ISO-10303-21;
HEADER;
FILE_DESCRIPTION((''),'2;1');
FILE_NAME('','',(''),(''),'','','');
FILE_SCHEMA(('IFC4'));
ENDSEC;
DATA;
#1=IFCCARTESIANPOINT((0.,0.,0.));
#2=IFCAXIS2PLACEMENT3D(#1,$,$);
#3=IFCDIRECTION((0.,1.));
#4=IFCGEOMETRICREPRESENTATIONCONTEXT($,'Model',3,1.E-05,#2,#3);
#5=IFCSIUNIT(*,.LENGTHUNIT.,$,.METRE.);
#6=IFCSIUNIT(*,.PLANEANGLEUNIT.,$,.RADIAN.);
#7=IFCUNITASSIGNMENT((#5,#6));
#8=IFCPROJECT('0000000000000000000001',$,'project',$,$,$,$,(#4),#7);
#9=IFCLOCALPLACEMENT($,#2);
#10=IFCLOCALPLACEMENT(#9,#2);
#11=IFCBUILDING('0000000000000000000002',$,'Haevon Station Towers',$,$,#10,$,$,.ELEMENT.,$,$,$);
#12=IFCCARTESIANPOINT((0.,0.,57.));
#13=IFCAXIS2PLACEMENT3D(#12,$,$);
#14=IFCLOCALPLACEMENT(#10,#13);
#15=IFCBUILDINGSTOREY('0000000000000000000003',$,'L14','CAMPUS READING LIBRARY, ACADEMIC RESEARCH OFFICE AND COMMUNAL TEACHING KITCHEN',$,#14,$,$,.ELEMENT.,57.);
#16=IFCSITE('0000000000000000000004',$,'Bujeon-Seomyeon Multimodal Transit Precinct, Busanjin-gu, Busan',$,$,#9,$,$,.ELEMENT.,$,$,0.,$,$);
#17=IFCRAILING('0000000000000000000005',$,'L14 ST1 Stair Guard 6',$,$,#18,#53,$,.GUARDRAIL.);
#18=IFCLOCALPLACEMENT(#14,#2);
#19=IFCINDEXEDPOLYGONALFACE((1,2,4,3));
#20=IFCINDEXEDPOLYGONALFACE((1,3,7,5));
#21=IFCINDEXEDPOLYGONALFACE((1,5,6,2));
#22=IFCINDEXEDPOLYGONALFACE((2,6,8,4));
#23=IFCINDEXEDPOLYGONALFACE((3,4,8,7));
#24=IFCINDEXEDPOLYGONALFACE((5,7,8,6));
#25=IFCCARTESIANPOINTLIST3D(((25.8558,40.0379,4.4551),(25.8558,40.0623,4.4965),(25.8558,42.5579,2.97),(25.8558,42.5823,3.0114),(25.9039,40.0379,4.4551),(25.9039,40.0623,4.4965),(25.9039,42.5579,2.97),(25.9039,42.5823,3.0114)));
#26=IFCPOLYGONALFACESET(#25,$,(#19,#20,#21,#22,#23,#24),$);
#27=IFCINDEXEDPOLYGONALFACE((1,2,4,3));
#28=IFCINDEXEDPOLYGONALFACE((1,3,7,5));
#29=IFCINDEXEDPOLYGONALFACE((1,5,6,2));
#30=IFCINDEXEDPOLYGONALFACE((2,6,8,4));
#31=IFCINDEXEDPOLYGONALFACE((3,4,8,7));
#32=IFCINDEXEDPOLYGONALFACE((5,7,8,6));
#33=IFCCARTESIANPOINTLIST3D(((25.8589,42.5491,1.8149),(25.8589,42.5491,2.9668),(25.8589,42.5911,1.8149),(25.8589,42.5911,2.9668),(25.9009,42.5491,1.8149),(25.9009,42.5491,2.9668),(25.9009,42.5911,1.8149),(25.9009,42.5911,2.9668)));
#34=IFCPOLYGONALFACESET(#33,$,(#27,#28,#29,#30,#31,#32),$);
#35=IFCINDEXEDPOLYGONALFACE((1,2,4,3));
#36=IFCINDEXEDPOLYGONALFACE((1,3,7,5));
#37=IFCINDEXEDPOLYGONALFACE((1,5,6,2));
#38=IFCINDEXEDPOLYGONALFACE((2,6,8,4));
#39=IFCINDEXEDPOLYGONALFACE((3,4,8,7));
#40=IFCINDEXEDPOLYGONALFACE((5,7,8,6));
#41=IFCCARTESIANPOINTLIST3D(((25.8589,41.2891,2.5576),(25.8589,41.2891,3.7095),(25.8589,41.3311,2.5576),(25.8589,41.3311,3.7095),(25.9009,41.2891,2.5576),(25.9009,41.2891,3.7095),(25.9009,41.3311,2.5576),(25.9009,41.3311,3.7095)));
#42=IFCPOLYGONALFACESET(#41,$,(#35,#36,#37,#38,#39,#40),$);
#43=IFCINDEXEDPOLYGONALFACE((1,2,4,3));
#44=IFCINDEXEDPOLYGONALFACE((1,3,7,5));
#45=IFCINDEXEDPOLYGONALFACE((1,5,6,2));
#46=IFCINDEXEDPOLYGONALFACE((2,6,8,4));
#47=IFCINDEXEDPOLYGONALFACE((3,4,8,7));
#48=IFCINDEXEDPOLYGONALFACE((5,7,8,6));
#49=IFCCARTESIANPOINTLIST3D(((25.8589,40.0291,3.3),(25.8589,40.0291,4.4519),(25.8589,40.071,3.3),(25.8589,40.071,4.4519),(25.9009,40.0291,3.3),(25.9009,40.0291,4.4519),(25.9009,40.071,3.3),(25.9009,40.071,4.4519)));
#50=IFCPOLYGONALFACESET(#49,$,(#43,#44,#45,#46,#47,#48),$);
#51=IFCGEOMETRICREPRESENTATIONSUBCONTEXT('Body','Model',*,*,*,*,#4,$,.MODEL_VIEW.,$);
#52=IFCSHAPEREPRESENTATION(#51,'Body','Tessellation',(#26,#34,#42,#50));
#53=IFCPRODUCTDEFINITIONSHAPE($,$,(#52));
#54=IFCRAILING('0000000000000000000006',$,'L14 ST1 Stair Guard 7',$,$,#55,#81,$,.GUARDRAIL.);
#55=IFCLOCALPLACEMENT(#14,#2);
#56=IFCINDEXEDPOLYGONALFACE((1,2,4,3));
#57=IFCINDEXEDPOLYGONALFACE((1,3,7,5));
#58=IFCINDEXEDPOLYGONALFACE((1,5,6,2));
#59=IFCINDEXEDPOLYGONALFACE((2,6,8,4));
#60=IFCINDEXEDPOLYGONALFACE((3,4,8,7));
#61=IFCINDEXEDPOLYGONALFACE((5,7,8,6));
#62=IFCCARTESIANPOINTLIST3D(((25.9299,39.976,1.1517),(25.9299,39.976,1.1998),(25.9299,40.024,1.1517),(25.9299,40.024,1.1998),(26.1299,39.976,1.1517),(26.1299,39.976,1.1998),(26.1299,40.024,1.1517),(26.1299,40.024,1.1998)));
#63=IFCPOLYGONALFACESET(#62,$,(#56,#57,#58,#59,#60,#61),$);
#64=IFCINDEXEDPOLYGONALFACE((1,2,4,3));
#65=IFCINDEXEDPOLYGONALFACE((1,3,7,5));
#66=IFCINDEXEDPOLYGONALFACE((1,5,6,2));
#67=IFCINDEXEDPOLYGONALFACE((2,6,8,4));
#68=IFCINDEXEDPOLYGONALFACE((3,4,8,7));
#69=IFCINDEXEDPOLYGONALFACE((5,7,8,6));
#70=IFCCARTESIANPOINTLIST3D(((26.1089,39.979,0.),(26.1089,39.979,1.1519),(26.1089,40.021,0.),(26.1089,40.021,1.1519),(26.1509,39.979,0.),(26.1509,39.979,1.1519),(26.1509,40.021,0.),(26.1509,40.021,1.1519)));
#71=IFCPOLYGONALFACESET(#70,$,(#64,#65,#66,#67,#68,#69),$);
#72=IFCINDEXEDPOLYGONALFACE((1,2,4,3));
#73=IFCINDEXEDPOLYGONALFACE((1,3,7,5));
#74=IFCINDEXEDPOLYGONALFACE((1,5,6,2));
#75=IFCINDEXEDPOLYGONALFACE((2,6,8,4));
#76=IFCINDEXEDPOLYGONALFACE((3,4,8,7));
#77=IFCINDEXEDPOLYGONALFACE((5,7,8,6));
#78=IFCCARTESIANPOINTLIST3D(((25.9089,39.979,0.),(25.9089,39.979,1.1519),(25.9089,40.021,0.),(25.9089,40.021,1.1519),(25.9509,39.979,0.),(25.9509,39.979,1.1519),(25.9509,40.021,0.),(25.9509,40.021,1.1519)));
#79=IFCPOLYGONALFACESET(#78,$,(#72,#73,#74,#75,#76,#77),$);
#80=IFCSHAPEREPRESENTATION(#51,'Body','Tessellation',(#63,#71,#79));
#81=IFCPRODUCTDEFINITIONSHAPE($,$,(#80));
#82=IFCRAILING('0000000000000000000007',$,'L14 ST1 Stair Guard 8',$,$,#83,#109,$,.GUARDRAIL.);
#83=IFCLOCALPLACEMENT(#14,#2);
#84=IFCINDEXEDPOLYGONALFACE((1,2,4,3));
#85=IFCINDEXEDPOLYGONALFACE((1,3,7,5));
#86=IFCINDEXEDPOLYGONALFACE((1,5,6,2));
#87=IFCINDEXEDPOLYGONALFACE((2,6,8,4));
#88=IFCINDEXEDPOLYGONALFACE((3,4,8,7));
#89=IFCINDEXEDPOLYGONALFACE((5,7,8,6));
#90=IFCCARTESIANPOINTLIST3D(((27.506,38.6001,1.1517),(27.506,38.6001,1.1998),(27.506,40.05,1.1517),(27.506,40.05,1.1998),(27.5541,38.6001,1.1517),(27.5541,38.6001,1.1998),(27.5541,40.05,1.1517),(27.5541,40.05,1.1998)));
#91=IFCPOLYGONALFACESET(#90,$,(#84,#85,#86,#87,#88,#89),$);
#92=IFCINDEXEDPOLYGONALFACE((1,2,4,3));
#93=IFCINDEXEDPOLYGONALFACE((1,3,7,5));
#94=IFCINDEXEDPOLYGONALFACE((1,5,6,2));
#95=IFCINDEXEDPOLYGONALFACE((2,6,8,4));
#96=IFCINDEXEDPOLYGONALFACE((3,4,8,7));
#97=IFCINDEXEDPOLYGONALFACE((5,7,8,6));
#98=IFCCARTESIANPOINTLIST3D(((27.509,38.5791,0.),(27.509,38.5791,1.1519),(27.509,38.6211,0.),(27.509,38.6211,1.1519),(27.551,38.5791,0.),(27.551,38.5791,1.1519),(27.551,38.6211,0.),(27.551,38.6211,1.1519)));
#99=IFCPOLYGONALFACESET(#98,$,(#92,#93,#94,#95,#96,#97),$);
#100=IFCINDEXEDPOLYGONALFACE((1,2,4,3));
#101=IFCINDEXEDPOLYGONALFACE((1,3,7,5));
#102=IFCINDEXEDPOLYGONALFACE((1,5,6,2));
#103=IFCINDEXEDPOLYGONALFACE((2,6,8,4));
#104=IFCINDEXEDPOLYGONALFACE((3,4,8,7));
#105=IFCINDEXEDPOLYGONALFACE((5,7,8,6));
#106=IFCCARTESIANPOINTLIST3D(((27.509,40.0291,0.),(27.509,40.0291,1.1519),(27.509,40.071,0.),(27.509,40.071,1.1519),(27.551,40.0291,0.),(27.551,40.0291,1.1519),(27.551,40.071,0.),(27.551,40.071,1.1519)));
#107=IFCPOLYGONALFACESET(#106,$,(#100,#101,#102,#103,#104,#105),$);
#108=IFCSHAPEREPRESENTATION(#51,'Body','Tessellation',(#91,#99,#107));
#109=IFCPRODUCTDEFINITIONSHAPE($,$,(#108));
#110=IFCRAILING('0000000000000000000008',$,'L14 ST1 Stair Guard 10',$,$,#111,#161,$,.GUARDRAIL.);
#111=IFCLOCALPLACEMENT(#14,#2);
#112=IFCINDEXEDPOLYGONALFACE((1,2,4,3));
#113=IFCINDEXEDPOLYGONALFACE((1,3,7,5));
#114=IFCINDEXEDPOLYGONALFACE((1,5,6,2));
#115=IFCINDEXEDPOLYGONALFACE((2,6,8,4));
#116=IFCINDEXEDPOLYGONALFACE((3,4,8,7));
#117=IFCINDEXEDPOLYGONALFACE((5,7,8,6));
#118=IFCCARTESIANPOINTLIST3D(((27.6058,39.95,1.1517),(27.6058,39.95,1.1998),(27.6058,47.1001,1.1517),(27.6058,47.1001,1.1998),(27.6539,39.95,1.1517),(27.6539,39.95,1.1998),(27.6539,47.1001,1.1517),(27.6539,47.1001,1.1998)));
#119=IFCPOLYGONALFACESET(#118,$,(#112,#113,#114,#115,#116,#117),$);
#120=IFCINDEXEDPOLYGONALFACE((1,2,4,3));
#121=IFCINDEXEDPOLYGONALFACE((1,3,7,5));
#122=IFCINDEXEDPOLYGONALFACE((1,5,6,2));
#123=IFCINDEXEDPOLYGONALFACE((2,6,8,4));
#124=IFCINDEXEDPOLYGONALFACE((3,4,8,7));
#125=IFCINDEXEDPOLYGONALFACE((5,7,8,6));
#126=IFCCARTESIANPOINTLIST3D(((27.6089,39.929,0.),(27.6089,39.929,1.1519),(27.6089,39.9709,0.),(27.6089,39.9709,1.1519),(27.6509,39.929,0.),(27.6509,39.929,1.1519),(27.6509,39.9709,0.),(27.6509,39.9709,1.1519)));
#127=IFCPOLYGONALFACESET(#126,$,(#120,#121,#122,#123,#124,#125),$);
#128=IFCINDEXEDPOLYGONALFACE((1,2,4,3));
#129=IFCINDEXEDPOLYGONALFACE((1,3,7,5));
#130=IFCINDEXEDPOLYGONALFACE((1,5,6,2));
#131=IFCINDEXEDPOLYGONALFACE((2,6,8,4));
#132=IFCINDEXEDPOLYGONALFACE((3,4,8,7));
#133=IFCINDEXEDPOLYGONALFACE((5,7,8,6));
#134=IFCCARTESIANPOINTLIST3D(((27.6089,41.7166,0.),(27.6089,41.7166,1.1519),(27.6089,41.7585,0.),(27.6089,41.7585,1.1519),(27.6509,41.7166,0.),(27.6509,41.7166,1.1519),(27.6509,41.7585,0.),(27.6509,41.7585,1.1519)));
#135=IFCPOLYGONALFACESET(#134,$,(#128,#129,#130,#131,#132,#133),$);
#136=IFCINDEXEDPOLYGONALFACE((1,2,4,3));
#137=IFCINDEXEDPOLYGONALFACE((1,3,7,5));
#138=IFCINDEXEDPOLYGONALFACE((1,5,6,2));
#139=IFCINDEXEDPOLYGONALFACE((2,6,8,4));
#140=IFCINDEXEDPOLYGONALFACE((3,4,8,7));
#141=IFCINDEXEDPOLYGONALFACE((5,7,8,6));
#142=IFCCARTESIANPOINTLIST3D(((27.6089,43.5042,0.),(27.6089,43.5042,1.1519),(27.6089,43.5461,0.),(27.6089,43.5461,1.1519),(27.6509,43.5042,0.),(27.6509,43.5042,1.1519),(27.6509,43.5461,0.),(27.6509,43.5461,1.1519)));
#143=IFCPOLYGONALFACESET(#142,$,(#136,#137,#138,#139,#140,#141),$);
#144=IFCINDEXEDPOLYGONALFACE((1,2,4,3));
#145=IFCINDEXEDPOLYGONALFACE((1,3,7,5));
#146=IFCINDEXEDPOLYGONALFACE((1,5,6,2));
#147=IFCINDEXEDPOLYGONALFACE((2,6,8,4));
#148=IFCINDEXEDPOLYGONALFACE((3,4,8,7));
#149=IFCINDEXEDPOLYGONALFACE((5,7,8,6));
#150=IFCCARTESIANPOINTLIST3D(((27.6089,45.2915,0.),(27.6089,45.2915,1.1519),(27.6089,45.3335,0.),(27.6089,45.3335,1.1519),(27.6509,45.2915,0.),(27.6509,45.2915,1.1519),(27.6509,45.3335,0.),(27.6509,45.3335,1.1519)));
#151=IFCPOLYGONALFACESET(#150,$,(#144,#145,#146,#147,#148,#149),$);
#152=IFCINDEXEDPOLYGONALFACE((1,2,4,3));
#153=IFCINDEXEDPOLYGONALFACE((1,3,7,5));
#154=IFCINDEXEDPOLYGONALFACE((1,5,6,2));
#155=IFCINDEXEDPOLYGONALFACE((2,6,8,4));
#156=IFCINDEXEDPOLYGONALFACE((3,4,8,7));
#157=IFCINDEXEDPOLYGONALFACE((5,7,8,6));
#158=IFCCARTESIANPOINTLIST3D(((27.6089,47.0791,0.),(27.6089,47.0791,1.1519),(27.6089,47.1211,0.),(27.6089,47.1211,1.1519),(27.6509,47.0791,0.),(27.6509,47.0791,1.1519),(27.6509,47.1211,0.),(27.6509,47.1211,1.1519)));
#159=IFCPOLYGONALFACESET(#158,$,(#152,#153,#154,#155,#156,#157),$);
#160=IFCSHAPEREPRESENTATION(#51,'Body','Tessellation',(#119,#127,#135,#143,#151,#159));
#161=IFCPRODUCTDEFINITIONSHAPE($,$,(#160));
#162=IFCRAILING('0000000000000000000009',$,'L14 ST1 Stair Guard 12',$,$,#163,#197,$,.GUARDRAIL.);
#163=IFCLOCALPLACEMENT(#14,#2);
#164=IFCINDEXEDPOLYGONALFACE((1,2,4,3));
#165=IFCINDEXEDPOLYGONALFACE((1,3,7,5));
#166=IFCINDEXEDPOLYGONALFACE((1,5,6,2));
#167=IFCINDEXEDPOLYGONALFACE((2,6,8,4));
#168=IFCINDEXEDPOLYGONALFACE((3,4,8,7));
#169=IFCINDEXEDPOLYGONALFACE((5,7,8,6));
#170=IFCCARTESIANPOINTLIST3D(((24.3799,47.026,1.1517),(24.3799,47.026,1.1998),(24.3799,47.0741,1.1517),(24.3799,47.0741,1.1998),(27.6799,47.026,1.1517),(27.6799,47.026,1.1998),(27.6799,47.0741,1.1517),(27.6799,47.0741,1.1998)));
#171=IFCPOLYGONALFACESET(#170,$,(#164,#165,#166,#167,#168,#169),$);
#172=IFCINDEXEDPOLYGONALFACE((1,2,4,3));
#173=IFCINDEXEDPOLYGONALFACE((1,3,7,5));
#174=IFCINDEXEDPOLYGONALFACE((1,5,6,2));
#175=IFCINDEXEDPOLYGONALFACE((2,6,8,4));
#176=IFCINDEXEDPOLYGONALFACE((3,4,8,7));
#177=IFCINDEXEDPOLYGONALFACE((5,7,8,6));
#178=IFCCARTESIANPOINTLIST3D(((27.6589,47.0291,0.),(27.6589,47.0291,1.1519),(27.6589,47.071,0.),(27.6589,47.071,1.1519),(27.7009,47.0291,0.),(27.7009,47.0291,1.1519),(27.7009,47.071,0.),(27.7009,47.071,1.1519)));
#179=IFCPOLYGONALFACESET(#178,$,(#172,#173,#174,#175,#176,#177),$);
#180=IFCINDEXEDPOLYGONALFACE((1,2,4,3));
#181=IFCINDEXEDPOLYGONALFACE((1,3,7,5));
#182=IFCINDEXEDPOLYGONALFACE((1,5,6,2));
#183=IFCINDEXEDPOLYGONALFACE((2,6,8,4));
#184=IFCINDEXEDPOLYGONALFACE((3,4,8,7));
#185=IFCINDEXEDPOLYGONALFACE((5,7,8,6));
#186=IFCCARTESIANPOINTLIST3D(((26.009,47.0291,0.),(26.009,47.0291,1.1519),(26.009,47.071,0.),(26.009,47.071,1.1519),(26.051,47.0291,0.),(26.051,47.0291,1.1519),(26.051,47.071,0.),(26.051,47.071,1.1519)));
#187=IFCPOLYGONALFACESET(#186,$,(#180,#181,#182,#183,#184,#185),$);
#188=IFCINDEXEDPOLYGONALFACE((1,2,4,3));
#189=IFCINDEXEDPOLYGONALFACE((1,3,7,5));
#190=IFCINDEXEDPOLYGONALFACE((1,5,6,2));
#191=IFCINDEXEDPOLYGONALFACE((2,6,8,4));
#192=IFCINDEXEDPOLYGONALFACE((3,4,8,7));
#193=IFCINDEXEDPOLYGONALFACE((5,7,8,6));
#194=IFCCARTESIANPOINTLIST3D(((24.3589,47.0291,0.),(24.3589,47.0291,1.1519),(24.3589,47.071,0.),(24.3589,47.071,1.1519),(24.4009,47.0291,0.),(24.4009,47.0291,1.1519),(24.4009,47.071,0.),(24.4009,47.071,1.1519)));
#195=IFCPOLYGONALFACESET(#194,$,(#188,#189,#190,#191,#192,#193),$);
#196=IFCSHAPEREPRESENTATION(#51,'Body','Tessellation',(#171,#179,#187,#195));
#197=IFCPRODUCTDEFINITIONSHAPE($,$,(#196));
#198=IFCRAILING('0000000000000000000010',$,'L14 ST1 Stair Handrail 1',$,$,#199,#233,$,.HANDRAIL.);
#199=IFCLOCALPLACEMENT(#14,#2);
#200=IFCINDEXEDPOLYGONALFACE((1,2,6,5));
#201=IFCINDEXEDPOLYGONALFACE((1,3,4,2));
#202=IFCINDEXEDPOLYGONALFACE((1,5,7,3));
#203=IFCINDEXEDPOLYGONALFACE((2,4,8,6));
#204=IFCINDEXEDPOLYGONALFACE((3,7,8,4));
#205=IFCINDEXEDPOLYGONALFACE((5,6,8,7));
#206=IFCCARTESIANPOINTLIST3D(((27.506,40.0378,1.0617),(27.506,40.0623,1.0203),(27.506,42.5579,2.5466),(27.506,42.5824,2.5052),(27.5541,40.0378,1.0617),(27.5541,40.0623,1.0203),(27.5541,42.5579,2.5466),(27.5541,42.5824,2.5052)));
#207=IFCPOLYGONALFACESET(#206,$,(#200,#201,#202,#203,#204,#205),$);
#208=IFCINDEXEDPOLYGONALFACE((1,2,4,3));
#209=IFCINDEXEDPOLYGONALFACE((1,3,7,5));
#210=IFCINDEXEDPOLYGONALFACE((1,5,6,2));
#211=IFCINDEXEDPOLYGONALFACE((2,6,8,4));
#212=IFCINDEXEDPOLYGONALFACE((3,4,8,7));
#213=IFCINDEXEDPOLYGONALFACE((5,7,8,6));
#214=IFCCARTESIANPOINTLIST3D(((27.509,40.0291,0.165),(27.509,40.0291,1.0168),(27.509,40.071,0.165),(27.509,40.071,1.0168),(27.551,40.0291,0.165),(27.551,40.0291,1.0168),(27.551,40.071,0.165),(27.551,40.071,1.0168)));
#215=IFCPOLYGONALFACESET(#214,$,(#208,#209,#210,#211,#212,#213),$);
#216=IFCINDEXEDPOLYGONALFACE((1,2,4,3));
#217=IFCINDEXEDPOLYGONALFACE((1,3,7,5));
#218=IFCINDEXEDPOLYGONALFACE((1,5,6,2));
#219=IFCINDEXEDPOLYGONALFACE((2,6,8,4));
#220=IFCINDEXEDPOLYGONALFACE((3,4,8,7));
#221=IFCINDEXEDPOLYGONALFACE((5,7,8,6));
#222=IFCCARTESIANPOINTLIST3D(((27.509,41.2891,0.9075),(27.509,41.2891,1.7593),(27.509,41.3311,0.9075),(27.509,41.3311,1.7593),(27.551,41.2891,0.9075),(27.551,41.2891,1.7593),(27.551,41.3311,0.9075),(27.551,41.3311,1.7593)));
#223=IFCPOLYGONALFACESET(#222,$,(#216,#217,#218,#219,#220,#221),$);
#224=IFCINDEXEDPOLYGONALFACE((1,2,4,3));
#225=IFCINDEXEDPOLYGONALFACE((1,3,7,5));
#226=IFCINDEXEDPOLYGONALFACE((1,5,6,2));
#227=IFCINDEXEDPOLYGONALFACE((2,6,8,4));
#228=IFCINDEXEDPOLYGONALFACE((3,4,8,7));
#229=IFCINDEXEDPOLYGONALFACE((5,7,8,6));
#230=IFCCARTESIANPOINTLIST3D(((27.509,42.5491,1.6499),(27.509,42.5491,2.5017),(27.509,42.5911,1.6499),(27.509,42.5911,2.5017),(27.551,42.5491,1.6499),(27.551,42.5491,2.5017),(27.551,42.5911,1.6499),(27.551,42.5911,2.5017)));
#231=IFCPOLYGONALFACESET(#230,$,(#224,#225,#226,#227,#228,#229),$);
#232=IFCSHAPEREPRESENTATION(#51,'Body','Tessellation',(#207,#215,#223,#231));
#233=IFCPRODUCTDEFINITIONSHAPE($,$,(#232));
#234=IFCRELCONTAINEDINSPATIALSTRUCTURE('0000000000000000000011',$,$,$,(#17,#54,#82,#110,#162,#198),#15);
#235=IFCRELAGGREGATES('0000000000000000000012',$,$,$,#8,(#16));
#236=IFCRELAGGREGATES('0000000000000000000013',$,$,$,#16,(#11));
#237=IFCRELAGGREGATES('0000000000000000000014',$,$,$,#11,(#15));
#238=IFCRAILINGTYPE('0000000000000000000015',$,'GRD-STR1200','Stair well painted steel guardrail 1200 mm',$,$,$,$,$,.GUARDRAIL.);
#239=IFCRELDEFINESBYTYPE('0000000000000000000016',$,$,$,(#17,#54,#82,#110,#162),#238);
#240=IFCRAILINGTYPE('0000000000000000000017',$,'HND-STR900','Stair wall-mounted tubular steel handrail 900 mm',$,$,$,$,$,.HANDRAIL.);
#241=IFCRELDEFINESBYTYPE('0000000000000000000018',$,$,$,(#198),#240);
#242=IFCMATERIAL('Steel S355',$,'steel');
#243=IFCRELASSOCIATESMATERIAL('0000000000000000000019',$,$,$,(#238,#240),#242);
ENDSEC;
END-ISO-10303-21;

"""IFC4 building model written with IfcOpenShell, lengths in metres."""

from ifc_helpers import new_model, si_unit, direction, frame, origin, origin_2d, place, context, subcontext, project, spatial, rectangle, extrude, material, type_object, element, save


model = new_model("IFC4")

# Units and contexts
model_context = context("Model", 3, precision=1e-05, world=origin(), true_north=direction((0.0, 1.0)))
body_context = subcontext(model_context, "Body", "Model", "MODEL_VIEW")
ifc_project = project(units=[si_unit("LENGTHUNIT", "METRE"), si_unit("PLANEANGLEUNIT", "RADIAN")], contexts=[model_context])

# Site, building, storey
site_placement = place(None, origin())
site = spatial("IfcSite", under=ifc_project, at=site_placement, Name="Bujeon-Seomyeon Multimodal Transit Precinct, Busanjin-gu, Busan", CompositionType="ELEMENT", RefElevation=0.0)
building_placement = place(site_placement, origin())
building = spatial("IfcBuilding", under=site, at=building_placement, Name="Haevon Station Towers", CompositionType="ELEMENT")
storey_placement = place(building_placement, frame((0.0, 0.0, 57.0)))
storey = spatial("IfcBuildingStorey", under=building, at=storey_placement, Name="L14", Description="CAMPUS READING LIBRARY, ACADEMIC RESEARCH OFFICE AND COMMUNAL TEACHING KITCHEN", CompositionType="ELEMENT", Elevation=57.0)

# Shared definitions
ifc_material_1 = material(Name="Steel S355", Category="steel")

# Railings
railing_type_1 = type_object("IfcRailingType", Name="GRD-STR1200", Description="Stair well painted steel guardrail 1200 mm", PredefinedType="GUARDRAIL", material=ifc_material_1)
railing_1_placement = place(storey_placement, frame((25.8799, 42.5701, 1.8149)))
element("IfcRailing", 1, at=railing_1_placement, inside=storey, type_object=railing_type_1, Name="L14 ST1 Stair Guard 6", PredefinedType="GUARDRAIL", context=body_context, shape_type="SweptSolid", body=[
    extrude(rectangle(XDim=0.0481, YDim=0.0481, at=origin_2d()), frame((0.0, 0.0, 1.1758), z_axis=(0.0, -0.861524, 0.507717), x_axis=(1.0, 0.0, 0.0)), (0.0, 0.0, 1.0), 2.925),
    extrude(rectangle(XDim=0.042, YDim=0.042, at=origin_2d()), origin(), (0.0, 0.0, 1.0), 1.1519),
    extrude(rectangle(XDim=0.042, YDim=0.042, at=origin_2d()), frame((0.0, -1.26, 0.7427)), (0.0, 0.0, 1.0), 1.1519),
    extrude(rectangle(XDim=0.042, YDim=0.042, at=origin_2d()), frame((0.0, -2.52, 1.4851)), (0.0, 0.0, 1.0), 1.1519),
])
railing_2_placement = place(storey_placement, frame((26.1299, 40.0, 0.0)))
element("IfcRailing", 2, at=railing_2_placement, inside=storey, type_object=railing_type_1, Name="L14 ST1 Stair Guard 7", PredefinedType="GUARDRAIL", context=body_context, shape_type="SweptSolid", body=[
    extrude(rectangle(XDim=0.0481, YDim=0.0481, at=origin_2d()), frame((0.0, 0.0, 1.1758), z_axis=(-1.0, 0.0, 0.0), x_axis=(0.0, -1.0, 0.0)), (0.0, 0.0, 1.0), 0.2),
    extrude(rectangle(XDim=0.042, YDim=0.042, at=origin_2d()), origin(), (0.0, 0.0, 1.0), 1.1519),
    extrude(rectangle(XDim=0.042, YDim=0.042, at=origin_2d()), frame((-0.2, 0.0, 0.0)), (0.0, 0.0, 1.0), 1.1519),
])
railing_3_placement = place(storey_placement, frame((27.53, 38.6001, 0.0)))
element("IfcRailing", 3, at=railing_3_placement, inside=storey, type_object=railing_type_1, Name="L14 ST1 Stair Guard 8", PredefinedType="GUARDRAIL", context=body_context, shape_type="SweptSolid", body=[
    extrude(rectangle(XDim=0.0481, YDim=0.0481, at=origin_2d()), frame((0.0, 0.0, 1.1758), z_axis=(0.0, 1.0, 0.0), x_axis=(-1.0, 0.0, 0.0)), (0.0, 0.0, 1.0), 1.45),
    extrude(rectangle(XDim=0.042, YDim=0.042, at=origin_2d()), origin(), (0.0, 0.0, 1.0), 1.1519),
    extrude(rectangle(XDim=0.042, YDim=0.042, at=origin_2d()), frame((0.0, 1.45, 0.0)), (0.0, 0.0, 1.0), 1.1519),
])
railing_4_placement = place(storey_placement, frame((27.6299, 39.95, 0.0)))
element("IfcRailing", 4, at=railing_4_placement, inside=storey, type_object=railing_type_1, Name="L14 ST1 Stair Guard 10", PredefinedType="GUARDRAIL", context=body_context, shape_type="SweptSolid", body=[
    extrude(rectangle(XDim=0.0481, YDim=0.0481, at=origin_2d()), frame((0.0, 0.0, 1.1758), z_axis=(0.0, 1.0, 0.0), x_axis=(-1.0, 0.0, 0.0)), (0.0, 0.0, 1.0), 7.1501),
    extrude(rectangle(XDim=0.042, YDim=0.042, at=origin_2d()), origin(), (0.0, 0.0, 1.0), 1.1519),
    extrude(rectangle(XDim=0.042, YDim=0.042, at=origin_2d()), frame((0.0, 1.7876, 0.0)), (0.0, 0.0, 1.0), 1.1519),
    extrude(rectangle(XDim=0.042, YDim=0.042, at=origin_2d()), frame((0.0, 3.5752, 0.0)), (0.0, 0.0, 1.0), 1.1519),
    extrude(rectangle(XDim=0.042, YDim=0.042, at=origin_2d()), frame((0.0, 5.3625, 0.0)), (0.0, 0.0, 1.0), 1.1519),
    extrude(rectangle(XDim=0.042, YDim=0.042, at=origin_2d()), frame((0.0, 7.1501, 0.0)), (0.0, 0.0, 1.0), 1.1519),
])
railing_5_placement = place(storey_placement, frame((27.6799, 47.05, 0.0)))
element("IfcRailing", 5, at=railing_5_placement, inside=storey, type_object=railing_type_1, Name="L14 ST1 Stair Guard 12", PredefinedType="GUARDRAIL", context=body_context, shape_type="SweptSolid", body=[
    extrude(rectangle(XDim=0.0481, YDim=0.0481, at=origin_2d()), frame((0.0, 0.0, 1.1758), z_axis=(-1.0, 0.0, 0.0), x_axis=(0.0, -1.0, 0.0)), (0.0, 0.0, 1.0), 3.3),
    extrude(rectangle(XDim=0.042, YDim=0.042, at=origin_2d()), origin(), (0.0, 0.0, 1.0), 1.1519),
    extrude(rectangle(XDim=0.042, YDim=0.042, at=origin_2d()), frame((-1.6499, 0.0, 0.0)), (0.0, 0.0, 1.0), 1.1519),
    extrude(rectangle(XDim=0.042, YDim=0.042, at=origin_2d()), frame((-3.3, 0.0, 0.0)), (0.0, 0.0, 1.0), 1.1519),
])
railing_type_2 = type_object("IfcRailingType", Name="HND-STR900", Description="Stair wall-mounted tubular steel handrail 900 mm", PredefinedType="HANDRAIL", material=ifc_material_1)
railing_6_placement = place(storey_placement, frame((27.53, 40.05, 0.165)))
element("IfcRailing", 6, at=railing_6_placement, inside=storey, type_object=railing_type_2, Name="L14 ST1 Stair Handrail 1", PredefinedType="HANDRAIL", context=body_context, shape_type="SweptSolid", body=[
    extrude(rectangle(XDim=0.0481, YDim=0.0481, at=origin_2d()), frame((0.0, 0.0, 0.876), z_axis=(0.0, 0.861561, 0.507655), x_axis=(-1.0, 0.0, 0.0)), (0.0, 0.0, 1.0), 2.925),
    extrude(rectangle(XDim=0.042, YDim=0.042, at=origin_2d()), origin(), (0.0, 0.0, 1.0), 0.8518),
    extrude(rectangle(XDim=0.042, YDim=0.042, at=origin_2d()), frame((0.0, 1.26, 0.7424)), (0.0, 0.0, 1.0), 0.8518),
    extrude(rectangle(XDim=0.042, YDim=0.042, at=origin_2d()), frame((0.0, 2.52, 1.4849)), (0.0, 0.0, 1.0), 0.8518),
])

save(model, "model.ifc")
